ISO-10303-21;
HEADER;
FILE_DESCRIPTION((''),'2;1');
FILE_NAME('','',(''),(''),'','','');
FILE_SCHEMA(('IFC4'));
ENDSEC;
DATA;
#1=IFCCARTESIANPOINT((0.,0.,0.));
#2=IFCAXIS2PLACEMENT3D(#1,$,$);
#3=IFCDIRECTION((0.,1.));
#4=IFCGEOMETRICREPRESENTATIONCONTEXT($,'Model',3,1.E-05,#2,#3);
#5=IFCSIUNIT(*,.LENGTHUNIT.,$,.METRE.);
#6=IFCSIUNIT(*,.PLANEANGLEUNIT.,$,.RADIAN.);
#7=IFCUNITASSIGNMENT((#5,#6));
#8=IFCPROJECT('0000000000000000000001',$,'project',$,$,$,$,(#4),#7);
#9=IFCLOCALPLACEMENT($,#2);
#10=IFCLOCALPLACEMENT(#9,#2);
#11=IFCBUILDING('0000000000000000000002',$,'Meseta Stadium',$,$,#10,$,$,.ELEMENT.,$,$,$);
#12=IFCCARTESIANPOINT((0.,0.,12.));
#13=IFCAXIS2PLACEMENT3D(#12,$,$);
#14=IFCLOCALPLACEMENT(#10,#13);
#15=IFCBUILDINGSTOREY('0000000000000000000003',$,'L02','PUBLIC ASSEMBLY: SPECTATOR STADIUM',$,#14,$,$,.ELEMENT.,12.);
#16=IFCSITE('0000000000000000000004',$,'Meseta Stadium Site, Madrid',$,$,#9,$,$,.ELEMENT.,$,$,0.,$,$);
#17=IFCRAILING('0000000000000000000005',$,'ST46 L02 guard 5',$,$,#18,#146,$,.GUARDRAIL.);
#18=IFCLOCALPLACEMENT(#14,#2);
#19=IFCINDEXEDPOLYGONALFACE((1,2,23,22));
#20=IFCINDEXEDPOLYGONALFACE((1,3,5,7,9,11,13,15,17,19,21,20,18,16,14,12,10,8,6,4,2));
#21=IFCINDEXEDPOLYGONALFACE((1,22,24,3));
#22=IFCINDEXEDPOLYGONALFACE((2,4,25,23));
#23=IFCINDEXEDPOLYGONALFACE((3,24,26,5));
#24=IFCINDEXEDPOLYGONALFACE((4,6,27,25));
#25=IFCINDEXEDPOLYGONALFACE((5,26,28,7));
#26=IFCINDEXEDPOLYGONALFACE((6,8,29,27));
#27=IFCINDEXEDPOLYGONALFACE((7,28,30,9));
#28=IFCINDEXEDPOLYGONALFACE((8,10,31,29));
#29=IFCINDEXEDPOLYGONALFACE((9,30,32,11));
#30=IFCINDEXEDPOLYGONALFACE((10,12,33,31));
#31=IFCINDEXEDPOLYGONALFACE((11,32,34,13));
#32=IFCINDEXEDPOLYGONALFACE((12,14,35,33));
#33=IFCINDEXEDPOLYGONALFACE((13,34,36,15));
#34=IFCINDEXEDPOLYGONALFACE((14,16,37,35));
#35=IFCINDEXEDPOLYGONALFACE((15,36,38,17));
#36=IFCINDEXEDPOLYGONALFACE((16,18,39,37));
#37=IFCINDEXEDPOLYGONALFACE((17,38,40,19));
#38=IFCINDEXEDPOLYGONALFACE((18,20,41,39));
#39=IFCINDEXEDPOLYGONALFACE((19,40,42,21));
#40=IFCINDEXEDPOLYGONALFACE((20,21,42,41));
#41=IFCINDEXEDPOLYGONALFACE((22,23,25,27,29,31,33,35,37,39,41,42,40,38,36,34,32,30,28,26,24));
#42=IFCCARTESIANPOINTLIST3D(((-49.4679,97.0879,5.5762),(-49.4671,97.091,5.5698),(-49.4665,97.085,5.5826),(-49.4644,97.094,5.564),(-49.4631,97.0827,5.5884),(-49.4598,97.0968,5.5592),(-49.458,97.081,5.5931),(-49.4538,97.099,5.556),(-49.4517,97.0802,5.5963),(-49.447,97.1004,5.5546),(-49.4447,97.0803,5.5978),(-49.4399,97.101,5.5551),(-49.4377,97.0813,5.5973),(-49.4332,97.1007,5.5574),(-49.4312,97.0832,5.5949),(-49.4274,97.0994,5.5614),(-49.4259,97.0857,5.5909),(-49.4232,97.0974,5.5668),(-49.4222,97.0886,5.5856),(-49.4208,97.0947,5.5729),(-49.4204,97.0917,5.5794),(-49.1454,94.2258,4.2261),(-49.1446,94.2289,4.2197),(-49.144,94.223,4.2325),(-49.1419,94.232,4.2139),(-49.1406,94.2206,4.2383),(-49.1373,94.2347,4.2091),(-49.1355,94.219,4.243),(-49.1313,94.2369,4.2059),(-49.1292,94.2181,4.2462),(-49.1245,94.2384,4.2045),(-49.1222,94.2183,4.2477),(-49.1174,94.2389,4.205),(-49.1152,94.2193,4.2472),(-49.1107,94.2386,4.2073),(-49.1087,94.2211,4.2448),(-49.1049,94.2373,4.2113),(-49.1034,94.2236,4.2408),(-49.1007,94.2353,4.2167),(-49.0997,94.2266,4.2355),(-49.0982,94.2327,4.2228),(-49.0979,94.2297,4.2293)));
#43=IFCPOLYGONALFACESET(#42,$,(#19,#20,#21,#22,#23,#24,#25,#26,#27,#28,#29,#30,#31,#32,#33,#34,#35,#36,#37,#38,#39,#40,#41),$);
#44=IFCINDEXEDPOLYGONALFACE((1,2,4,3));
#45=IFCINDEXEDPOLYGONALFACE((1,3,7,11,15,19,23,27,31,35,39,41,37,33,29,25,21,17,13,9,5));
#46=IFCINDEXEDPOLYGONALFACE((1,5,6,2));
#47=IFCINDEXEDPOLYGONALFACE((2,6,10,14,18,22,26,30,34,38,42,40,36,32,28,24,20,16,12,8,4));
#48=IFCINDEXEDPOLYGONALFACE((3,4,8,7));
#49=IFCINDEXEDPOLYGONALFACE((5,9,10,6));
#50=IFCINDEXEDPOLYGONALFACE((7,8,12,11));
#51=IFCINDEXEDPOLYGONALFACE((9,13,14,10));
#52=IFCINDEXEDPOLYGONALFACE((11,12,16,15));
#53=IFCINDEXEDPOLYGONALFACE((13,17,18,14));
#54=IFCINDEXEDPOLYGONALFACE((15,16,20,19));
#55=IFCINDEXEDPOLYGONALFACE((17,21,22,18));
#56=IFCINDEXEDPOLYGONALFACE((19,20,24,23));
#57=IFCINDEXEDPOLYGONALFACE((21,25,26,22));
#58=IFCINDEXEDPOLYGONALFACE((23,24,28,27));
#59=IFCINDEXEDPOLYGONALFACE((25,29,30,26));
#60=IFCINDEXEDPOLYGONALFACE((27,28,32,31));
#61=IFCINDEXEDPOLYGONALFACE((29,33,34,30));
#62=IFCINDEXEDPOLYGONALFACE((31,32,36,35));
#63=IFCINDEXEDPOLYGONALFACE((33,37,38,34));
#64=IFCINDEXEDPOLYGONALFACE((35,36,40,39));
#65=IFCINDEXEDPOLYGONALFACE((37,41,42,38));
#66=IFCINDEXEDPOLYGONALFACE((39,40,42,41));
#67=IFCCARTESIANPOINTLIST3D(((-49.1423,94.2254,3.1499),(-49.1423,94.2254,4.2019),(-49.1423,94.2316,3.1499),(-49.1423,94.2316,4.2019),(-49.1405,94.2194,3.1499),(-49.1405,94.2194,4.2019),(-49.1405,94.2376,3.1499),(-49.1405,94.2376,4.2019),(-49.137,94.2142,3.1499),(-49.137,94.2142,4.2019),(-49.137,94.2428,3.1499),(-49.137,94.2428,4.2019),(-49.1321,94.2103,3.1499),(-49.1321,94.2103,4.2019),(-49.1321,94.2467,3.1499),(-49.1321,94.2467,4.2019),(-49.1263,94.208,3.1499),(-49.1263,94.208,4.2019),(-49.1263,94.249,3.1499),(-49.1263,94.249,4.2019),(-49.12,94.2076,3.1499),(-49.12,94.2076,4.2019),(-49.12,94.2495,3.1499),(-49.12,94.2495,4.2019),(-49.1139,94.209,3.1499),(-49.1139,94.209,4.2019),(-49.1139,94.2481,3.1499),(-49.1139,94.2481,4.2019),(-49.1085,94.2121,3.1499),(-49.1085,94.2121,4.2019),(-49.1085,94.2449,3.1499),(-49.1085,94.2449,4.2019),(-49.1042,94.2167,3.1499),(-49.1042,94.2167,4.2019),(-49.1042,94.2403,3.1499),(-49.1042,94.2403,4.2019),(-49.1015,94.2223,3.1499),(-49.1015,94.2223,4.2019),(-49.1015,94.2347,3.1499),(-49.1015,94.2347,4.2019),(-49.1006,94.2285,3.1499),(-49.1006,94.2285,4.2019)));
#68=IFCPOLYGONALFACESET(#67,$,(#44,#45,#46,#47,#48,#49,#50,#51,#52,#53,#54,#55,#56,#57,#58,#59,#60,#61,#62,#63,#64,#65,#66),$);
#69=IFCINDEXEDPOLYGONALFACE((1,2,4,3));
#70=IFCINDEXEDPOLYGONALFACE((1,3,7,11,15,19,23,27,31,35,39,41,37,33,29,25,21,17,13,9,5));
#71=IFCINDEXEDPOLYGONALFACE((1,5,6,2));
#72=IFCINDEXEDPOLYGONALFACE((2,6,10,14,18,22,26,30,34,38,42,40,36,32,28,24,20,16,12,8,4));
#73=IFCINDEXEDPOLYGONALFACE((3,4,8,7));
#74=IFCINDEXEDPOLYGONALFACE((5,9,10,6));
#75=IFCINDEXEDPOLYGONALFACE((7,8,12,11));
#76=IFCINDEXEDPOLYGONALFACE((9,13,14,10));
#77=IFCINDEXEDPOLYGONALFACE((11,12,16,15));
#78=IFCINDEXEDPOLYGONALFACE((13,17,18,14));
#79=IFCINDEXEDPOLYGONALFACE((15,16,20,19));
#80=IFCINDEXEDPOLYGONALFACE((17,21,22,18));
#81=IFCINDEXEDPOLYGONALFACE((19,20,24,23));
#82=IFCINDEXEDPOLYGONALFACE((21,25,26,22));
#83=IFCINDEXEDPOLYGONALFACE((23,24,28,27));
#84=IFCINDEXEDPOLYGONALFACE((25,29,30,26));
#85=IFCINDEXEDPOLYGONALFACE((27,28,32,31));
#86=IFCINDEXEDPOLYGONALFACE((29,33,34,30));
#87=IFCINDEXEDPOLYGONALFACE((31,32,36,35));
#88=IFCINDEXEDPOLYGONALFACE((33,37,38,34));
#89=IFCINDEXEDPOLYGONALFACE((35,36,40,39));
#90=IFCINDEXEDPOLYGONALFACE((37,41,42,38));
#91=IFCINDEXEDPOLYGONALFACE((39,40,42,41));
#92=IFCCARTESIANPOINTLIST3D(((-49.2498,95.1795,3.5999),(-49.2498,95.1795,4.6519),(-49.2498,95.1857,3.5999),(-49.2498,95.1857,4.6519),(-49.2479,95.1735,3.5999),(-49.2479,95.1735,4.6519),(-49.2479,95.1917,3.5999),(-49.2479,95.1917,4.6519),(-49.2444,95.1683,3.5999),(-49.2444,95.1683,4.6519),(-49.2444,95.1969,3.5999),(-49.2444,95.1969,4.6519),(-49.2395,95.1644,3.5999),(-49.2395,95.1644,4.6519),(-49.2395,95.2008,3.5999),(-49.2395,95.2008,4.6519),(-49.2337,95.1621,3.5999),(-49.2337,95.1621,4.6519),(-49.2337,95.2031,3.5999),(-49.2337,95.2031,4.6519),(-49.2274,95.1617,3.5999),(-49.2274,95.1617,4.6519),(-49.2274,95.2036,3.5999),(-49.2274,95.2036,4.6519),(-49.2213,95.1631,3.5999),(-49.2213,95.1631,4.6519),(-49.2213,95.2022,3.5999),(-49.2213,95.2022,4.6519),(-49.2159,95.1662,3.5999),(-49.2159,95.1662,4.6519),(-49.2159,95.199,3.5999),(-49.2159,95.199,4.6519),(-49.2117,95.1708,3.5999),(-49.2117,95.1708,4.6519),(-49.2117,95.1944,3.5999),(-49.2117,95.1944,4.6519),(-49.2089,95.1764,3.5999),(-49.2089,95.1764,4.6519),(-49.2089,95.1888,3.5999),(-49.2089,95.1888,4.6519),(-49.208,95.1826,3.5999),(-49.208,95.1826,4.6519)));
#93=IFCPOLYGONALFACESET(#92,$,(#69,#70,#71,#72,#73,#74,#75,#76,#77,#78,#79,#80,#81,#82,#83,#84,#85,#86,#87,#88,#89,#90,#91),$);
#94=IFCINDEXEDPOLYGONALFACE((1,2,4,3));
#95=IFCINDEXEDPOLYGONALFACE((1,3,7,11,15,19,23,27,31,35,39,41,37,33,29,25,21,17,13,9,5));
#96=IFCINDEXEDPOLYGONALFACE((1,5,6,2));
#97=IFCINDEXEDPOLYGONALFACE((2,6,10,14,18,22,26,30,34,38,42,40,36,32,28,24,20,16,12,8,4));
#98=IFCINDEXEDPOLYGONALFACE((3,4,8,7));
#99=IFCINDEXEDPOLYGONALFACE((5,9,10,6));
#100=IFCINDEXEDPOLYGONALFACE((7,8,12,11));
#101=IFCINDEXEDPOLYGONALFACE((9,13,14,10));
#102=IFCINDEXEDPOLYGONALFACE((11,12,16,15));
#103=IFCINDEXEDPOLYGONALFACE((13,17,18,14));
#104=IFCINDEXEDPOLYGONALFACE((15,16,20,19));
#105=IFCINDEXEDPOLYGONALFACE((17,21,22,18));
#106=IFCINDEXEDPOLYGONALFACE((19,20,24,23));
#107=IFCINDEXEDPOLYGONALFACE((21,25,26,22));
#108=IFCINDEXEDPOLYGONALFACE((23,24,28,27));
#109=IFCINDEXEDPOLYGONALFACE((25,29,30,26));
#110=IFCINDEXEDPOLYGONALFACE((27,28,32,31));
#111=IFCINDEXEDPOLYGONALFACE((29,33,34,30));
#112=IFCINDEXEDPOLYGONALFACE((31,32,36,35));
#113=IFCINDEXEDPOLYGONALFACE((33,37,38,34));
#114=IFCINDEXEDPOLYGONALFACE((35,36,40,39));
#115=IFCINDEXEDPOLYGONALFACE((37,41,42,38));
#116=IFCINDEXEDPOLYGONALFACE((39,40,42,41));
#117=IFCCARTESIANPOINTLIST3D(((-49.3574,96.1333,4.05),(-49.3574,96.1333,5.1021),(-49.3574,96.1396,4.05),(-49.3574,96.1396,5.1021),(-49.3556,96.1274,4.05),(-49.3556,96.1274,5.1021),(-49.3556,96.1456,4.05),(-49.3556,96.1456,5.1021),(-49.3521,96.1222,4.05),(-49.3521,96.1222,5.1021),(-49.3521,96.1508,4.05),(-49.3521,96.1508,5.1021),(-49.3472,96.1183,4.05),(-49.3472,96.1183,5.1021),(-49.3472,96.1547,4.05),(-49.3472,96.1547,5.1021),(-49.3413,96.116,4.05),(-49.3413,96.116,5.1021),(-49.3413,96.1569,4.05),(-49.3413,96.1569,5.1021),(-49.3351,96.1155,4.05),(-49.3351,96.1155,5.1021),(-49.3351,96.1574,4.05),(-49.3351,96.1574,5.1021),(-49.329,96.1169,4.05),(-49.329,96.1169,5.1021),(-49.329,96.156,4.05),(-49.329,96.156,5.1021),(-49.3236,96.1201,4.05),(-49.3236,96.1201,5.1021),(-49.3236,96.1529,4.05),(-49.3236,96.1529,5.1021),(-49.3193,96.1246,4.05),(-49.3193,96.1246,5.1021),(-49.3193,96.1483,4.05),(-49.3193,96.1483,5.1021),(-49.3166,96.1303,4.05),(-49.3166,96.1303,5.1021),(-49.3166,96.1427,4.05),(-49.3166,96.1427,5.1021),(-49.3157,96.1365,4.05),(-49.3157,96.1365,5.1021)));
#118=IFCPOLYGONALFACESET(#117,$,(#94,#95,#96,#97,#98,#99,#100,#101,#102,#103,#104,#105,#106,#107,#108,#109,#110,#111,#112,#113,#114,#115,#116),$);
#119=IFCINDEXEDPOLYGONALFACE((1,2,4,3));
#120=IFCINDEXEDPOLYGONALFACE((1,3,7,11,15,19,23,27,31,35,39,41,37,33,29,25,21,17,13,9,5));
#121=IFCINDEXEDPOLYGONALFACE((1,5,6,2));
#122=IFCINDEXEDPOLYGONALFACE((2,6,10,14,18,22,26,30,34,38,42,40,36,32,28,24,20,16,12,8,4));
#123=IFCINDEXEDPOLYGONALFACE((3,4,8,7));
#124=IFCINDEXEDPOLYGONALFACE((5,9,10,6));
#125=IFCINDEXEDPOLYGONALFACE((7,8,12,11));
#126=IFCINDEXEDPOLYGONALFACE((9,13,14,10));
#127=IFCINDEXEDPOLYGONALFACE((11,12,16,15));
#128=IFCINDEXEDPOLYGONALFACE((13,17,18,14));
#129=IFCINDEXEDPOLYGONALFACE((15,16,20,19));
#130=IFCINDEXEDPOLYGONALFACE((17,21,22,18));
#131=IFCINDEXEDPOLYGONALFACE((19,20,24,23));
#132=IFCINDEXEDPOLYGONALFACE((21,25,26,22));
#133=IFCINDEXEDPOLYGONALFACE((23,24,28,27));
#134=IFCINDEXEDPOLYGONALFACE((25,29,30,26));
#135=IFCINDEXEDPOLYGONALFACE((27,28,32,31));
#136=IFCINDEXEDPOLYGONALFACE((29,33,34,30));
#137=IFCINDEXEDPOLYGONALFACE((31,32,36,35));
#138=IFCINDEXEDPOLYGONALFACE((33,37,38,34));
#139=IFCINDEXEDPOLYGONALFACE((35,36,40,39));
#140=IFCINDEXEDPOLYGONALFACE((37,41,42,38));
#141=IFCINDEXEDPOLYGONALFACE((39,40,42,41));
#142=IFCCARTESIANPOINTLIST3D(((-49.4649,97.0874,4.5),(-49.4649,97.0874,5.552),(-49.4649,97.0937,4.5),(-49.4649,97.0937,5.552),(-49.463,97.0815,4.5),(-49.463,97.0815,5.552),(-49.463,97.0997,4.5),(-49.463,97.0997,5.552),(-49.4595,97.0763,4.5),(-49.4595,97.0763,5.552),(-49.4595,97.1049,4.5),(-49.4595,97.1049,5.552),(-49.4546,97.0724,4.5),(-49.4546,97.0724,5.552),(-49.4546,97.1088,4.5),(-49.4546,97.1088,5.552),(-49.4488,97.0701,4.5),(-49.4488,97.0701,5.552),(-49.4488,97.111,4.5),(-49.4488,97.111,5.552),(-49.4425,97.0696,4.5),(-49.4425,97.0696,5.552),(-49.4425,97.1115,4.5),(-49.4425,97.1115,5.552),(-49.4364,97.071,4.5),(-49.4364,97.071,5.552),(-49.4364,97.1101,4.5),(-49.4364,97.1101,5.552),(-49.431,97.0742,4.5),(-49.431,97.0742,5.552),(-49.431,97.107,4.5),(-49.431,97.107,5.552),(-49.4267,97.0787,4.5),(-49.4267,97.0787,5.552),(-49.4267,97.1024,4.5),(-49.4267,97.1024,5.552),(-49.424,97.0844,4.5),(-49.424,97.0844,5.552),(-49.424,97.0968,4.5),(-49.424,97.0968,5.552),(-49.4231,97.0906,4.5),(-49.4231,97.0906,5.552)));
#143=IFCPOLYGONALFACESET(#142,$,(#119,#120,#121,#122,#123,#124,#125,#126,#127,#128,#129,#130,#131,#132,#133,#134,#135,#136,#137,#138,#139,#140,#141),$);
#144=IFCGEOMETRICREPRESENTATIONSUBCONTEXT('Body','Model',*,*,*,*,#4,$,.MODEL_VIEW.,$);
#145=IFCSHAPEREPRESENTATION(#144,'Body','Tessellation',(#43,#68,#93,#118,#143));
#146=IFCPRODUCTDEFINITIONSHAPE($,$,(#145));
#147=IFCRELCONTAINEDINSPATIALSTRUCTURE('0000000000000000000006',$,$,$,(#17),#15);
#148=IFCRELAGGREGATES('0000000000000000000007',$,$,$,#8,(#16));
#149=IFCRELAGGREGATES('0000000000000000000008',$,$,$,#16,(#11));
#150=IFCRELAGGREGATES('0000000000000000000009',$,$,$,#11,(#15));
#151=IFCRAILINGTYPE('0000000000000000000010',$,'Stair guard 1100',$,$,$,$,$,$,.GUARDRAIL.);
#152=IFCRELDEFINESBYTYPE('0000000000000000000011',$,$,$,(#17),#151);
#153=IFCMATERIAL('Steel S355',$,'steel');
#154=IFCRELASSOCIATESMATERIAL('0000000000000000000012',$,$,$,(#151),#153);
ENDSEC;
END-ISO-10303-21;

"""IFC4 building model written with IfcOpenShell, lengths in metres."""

from ifc_helpers import new_model, si_unit, direction, frame, origin, origin_2d, place, context, subcontext, project, spatial, circle, extrude, material, type_object, element, save


model = new_model("IFC4")

# Units and contexts
model_context = context("Model", 3, precision=1e-05, world=origin(), true_north=direction((0.0, 1.0)))
body_context = subcontext(model_context, "Body", "Model", "MODEL_VIEW")
ifc_project = project(units=[si_unit("LENGTHUNIT", "METRE"), si_unit("PLANEANGLEUNIT", "RADIAN")], contexts=[model_context])

# Site, building, storey
site_placement = place(None, origin())
site = spatial("IfcSite", under=ifc_project, at=site_placement, Name="Meseta Stadium Site, Madrid", CompositionType="ELEMENT", RefElevation=0.0)
building_placement = place(site_placement, origin())
building = spatial("IfcBuilding", under=site, at=building_placement, Name="Meseta Stadium", CompositionType="ELEMENT")
storey_placement = place(building_placement, frame((0.0, 0.0, 12.0)))
storey = spatial("IfcBuildingStorey", under=building, at=storey_placement, Name="L02", Description="PUBLIC ASSEMBLY: SPECTATOR STADIUM", CompositionType="ELEMENT", Elevation=12.0)

# Railing
ifc_material_1 = material(Name="Steel S355", Category="steel")
railing_type_1 = type_object("IfcRailingType", Name="Stair guard 1100", PredefinedType="GUARDRAIL", material=ifc_material_1)
railing_1_placement = place(storey_placement, frame((-49.1216, 94.2285, 3.1499)))
element("IfcRailing", 1, at=railing_1_placement, inside=storey, type_object=railing_type_1, Name="ST46 L02 guard 5", PredefinedType="GUARDRAIL", context=body_context, shape_type="SweptSolid", body=[
    extrude(circle(Radius=0.0239, at=origin_2d()), frame((0.0, 0.0, 1.0762), z_axis=(-0.101389, 0.899763, 0.424438), x_axis=(-0.993711, -0.111976, 0.0)), (0.0, 0.0, 1.0), 3.1809),
    extrude(circle(Radius=0.021, at=origin_2d()), origin(), (0.0, 0.0, 1.0), 1.052),
    extrude(circle(Radius=0.021, at=origin_2d()), frame((-0.1074, 0.9541, 0.45)), (0.0, 0.0, 1.0), 1.052),
    extrude(circle(Radius=0.021, at=origin_2d()), frame((-0.2151, 1.908, 0.9001)), (0.0, 0.0, 1.0), 1.052),
    extrude(circle(Radius=0.021, at=origin_2d()), frame((-0.3225, 2.8621, 1.3501)), (0.0, 0.0, 1.0), 1.052),
])

save(model, "model.ifc")
